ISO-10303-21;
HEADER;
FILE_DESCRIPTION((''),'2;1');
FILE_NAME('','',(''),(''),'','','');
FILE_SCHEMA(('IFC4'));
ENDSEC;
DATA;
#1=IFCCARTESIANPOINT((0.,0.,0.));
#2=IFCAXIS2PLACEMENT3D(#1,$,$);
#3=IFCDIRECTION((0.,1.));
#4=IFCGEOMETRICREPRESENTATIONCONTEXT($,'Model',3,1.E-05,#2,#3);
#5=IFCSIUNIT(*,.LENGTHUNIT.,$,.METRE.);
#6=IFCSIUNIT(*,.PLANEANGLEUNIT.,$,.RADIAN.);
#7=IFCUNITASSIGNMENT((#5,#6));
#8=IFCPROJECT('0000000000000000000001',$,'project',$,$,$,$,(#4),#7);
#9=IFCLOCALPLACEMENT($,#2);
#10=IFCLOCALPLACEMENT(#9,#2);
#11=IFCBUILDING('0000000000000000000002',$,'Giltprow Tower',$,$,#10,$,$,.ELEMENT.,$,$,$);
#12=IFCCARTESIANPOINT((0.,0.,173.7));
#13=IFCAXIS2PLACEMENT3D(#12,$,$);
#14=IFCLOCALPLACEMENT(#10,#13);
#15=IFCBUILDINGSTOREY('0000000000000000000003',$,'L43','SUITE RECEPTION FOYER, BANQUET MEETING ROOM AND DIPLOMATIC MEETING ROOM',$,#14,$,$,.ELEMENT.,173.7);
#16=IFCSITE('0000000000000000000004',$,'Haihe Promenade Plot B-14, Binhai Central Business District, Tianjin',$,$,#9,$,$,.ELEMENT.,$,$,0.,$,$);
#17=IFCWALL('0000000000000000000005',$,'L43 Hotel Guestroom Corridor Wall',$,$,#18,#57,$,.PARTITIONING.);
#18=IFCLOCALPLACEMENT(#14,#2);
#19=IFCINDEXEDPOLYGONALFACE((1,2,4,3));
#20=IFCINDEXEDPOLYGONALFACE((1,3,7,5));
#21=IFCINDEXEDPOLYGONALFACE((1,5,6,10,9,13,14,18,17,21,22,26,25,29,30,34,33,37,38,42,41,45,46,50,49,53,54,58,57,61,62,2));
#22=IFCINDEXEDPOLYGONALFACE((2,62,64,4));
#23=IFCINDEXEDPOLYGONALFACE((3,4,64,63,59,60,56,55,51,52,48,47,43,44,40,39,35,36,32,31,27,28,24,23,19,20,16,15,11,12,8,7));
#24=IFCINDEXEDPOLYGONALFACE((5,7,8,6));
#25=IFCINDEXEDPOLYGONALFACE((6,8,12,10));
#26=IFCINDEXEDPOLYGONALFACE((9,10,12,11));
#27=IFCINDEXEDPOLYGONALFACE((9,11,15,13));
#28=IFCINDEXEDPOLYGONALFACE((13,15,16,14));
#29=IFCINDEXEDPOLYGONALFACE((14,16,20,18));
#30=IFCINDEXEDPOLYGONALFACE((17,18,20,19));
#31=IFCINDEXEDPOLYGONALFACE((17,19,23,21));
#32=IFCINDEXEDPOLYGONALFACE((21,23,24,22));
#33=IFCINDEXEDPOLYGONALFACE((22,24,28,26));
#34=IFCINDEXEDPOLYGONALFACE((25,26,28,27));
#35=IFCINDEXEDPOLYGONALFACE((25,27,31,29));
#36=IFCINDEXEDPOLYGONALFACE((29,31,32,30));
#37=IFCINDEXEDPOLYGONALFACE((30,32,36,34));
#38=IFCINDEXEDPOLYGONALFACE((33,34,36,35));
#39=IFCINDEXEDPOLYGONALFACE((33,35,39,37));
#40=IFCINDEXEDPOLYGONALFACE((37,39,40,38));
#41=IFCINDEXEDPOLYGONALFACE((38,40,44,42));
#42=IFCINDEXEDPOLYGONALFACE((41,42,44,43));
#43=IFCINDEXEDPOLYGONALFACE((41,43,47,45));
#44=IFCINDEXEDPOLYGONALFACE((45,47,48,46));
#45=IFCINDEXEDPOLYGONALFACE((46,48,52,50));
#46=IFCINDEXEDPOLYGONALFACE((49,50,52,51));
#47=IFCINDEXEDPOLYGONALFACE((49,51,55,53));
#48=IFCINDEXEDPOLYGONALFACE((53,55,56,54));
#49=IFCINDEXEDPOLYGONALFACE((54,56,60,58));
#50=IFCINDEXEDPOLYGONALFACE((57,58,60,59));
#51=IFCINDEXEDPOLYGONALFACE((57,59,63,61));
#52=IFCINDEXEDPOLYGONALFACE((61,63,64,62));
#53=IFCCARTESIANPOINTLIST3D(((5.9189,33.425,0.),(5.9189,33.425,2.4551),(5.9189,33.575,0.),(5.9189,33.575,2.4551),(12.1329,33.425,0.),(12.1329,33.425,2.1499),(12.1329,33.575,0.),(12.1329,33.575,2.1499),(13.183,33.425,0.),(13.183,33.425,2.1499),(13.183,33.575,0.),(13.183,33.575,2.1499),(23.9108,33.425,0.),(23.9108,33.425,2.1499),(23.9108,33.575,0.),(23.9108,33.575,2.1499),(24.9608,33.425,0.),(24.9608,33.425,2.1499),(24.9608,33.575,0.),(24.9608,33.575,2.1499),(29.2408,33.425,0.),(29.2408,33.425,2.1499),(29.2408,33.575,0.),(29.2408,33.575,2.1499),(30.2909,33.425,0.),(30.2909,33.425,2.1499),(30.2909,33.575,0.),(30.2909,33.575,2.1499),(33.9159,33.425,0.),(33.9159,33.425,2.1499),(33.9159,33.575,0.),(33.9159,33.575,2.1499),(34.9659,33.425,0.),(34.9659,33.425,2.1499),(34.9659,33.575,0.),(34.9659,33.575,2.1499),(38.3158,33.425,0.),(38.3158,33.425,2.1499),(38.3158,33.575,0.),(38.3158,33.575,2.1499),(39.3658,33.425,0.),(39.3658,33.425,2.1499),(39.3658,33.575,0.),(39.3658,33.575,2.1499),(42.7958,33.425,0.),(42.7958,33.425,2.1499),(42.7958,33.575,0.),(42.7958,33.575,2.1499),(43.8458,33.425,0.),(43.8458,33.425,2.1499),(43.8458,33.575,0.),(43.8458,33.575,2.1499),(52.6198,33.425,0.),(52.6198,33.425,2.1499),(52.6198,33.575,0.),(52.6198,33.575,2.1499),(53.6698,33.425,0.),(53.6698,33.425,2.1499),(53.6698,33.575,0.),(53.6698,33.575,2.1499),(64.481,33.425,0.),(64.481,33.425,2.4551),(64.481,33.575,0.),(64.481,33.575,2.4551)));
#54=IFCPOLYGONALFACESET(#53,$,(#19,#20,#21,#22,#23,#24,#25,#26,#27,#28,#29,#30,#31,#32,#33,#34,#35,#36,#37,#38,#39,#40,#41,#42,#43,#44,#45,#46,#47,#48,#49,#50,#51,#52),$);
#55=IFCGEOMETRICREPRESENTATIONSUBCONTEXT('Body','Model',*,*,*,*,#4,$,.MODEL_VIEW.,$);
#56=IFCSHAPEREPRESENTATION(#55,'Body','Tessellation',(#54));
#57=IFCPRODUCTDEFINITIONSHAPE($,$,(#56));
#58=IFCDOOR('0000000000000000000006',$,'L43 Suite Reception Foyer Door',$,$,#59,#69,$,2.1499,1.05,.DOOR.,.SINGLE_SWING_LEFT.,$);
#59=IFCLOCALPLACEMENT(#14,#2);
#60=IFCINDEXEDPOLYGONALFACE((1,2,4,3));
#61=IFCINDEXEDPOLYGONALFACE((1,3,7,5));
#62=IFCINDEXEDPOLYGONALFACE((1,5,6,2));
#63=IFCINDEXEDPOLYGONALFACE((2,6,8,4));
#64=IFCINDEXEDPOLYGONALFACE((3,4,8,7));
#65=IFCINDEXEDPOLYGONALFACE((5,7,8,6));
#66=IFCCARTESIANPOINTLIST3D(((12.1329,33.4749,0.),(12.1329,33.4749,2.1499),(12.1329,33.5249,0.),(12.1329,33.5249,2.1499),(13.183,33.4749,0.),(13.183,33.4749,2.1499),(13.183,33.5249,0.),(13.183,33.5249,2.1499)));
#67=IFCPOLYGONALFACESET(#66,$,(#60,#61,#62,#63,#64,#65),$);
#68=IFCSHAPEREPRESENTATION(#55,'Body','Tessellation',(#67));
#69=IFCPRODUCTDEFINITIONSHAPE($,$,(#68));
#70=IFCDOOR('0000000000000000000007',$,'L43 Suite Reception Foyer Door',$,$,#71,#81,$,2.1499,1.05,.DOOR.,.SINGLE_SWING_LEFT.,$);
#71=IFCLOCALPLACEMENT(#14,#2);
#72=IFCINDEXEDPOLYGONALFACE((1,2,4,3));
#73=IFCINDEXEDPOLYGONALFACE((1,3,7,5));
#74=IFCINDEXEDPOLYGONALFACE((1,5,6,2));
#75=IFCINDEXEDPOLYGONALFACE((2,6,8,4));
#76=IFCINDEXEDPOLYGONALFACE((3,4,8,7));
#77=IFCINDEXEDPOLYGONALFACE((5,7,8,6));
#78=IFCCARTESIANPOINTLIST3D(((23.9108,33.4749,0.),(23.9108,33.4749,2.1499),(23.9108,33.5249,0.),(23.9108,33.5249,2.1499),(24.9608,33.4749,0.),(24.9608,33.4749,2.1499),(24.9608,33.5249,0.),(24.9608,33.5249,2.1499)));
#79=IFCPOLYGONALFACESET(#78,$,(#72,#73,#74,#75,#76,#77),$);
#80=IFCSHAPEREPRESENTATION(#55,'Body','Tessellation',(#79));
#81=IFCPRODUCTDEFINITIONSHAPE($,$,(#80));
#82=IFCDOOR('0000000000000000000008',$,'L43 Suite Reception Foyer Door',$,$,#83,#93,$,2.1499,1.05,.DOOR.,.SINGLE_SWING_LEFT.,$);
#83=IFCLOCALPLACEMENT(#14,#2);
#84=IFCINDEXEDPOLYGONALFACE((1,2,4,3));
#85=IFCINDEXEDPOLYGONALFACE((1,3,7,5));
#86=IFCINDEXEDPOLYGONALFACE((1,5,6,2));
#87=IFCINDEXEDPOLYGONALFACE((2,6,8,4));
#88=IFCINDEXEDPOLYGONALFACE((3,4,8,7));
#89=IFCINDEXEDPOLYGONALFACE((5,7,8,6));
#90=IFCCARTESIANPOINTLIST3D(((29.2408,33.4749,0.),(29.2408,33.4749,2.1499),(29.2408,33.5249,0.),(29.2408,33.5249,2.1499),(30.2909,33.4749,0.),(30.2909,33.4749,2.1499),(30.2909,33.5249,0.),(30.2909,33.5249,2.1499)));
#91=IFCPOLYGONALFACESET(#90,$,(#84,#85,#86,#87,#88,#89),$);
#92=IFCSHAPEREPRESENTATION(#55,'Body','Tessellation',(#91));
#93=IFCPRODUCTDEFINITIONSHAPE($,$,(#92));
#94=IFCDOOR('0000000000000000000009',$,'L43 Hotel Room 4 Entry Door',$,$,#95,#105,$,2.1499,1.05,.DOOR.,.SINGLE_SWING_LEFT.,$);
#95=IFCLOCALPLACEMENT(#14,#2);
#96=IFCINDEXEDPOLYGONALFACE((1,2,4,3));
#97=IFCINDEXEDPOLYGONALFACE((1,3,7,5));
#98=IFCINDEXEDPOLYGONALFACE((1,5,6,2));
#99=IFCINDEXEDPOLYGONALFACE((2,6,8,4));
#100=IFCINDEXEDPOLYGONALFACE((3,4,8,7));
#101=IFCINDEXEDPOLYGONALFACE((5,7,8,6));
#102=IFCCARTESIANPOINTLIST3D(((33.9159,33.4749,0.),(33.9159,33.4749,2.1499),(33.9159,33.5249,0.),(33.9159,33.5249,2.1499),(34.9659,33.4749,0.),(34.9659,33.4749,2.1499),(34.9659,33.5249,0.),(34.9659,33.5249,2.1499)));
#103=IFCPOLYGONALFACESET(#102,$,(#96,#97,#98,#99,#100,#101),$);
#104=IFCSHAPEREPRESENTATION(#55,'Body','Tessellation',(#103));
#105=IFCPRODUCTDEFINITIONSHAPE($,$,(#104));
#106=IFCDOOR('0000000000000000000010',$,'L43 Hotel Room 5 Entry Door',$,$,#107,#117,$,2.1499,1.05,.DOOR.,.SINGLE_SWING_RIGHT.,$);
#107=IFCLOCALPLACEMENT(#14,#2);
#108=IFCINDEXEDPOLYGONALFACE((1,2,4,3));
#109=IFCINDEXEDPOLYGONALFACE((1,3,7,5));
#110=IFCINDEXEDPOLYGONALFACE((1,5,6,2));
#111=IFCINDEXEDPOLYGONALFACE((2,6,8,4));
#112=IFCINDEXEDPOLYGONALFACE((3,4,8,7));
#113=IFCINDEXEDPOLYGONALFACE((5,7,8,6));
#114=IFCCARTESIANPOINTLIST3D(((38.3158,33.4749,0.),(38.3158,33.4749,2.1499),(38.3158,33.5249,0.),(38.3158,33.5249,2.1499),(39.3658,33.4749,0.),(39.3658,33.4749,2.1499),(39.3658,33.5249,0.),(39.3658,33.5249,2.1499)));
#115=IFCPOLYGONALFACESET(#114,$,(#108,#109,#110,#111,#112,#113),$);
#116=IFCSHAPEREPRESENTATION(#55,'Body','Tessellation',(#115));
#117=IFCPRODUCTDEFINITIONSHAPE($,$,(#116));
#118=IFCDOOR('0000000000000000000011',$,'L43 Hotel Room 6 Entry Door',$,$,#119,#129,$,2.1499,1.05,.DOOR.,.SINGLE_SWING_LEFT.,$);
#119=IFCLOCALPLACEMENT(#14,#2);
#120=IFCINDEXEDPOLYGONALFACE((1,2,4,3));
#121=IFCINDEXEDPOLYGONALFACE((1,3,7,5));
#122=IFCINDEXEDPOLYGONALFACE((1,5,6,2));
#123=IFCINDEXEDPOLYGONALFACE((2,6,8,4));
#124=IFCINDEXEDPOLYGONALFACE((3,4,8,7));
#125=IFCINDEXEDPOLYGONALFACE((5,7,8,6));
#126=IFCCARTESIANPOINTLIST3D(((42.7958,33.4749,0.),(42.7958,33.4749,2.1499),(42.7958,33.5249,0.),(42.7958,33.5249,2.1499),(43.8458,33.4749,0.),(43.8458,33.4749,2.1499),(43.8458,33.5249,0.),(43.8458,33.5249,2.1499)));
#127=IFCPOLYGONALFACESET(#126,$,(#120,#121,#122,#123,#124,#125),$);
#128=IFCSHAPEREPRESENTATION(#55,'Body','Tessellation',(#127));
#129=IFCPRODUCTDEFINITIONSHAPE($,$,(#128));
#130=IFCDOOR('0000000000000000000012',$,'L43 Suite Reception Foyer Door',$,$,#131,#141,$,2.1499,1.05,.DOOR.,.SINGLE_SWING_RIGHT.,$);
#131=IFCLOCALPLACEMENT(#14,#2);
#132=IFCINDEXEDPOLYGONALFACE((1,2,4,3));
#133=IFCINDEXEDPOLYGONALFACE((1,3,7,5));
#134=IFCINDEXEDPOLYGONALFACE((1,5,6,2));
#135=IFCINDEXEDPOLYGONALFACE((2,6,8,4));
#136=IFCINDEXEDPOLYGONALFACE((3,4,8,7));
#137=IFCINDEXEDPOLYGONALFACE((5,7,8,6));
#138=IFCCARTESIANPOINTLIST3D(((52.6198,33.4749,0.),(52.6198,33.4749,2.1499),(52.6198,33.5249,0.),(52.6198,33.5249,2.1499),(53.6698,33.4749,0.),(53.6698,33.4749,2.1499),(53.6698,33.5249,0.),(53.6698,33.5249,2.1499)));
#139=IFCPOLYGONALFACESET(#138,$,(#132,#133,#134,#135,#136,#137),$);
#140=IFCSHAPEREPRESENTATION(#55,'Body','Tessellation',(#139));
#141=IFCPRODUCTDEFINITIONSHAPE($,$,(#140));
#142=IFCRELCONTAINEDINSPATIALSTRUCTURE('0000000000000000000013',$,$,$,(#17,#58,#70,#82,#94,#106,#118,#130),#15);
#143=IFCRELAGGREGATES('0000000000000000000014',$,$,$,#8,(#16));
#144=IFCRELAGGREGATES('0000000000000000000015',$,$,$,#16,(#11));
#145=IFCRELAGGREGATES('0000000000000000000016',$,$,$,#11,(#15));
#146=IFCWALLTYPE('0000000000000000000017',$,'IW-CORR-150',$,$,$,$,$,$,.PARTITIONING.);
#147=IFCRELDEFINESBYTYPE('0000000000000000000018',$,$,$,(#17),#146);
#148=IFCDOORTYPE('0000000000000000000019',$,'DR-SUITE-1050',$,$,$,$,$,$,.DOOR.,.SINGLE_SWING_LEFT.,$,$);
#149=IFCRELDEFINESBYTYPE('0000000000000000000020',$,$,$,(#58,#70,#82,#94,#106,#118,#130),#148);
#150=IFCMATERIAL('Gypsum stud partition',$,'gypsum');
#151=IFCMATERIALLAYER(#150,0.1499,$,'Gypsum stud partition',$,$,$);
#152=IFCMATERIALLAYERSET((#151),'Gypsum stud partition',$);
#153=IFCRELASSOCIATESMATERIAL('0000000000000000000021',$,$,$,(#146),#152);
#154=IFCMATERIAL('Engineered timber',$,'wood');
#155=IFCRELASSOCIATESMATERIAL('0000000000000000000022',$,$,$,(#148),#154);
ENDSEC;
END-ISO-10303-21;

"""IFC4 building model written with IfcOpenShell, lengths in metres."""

from ifc_helpers import new_model, si_unit, direction, frame, frame_2d, origin, place, context, subcontext, project, spatial, rectangle, extrude, source, transform, mapped, material, layer, layer_set, type_object, element, fill, save


model = new_model("IFC4")

# Units and contexts
model_context = context("Model", 3, precision=1e-05, world=origin(), true_north=direction((0.0, 1.0)))
body_context = subcontext(model_context, "Body", "Model", "MODEL_VIEW")
ifc_project = project(units=[si_unit("LENGTHUNIT", "METRE"), si_unit("PLANEANGLEUNIT", "RADIAN")], contexts=[model_context])

# Site, building, storey
site_placement = place(None, origin())
site = spatial("IfcSite", under=ifc_project, at=site_placement, Name="Haihe Promenade Plot B-14, Binhai Central Business District, Tianjin", CompositionType="ELEMENT", RefElevation=0.0)
building_placement = place(site_placement, origin())
building = spatial("IfcBuilding", under=site, at=building_placement, Name="Giltprow Tower", CompositionType="ELEMENT")
storey_placement = place(building_placement, frame((0.0, 0.0, 173.7)))
storey = spatial("IfcBuildingStorey", under=building, at=storey_placement, Name="L43", Description="SUITE RECEPTION FOYER, BANQUET MEETING ROOM AND DIPLOMATIC MEETING ROOM", CompositionType="ELEMENT", Elevation=173.7)

# Wall, openings, doors
ifc_material_1 = material(Name="Gypsum stud partition", Category="gypsum")
ifc_layer_1 = layer(ifc_material_1, 0.1499, Name="Gypsum stud partition")
ifc_layer_set_1 = layer_set([ifc_layer_1], Name="Gypsum stud partition")
wall_type_1 = type_object("IfcWallType", Name="IW-CORR-150", PredefinedType="PARTITIONING", material=ifc_layer_set_1)
wall_1_placement = place(storey_placement, frame((5.9189, 33.5, 0.0), z_axis=(0.0, 0.0, 1.0), x_axis=(1.0, 0.0, 0.0)))
wall_1 = element("IfcWall", 1, at=wall_1_placement, inside=storey, type_object=wall_type_1, Name="L43 Hotel Guestroom Corridor Wall", PredefinedType="PARTITIONING", context=body_context, shape_type="SweptSolid", body=[
    extrude(rectangle(XDim=58.562, YDim=0.1499, at=frame_2d((29.281, 0.0))), origin(), (0.0, 0.0, 1.0), 2.4551),
])
opening_1_placement = place(wall_1_placement, frame((6.2141, 0.0, 0.0)))
opening_1 = element("IfcOpeningElement", 2, at=opening_1_placement, cuts=wall_1, PredefinedType="OPENING", context=body_context, shape_type="SweptSolid", body=[
    extrude(rectangle(XDim=1.05, YDim=2.1499, at=frame_2d((0.5249, 1.075))), frame((0.0, 0.085, 0.0), z_axis=(0.0, -1.0, 0.0), x_axis=(1.0, 0.0, 0.0)), (0.0, 0.0, 1.0), 0.1699),
])
opening_2_placement = place(wall_1_placement, frame((17.9919, 0.0, 0.0)))
opening_2 = element("IfcOpeningElement", 3, at=opening_2_placement, cuts=wall_1, PredefinedType="OPENING", context=body_context, shape_type="SweptSolid", body=[
    extrude(rectangle(XDim=1.05, YDim=2.1499, at=frame_2d((0.5249, 1.075))), frame((0.0, 0.085, 0.0), z_axis=(0.0, -1.0, 0.0), x_axis=(1.0, 0.0, 0.0)), (0.0, 0.0, 1.0), 0.1699),
])
opening_3_placement = place(wall_1_placement, frame((23.322, 0.0, 0.0)))
opening_3 = element("IfcOpeningElement", 4, at=opening_3_placement, cuts=wall_1, PredefinedType="OPENING", context=body_context, shape_type="SweptSolid", body=[
    extrude(rectangle(XDim=1.05, YDim=2.1499, at=frame_2d((0.5249, 1.075))), frame((0.0, 0.085, 0.0), z_axis=(0.0, -1.0, 0.0), x_axis=(1.0, 0.0, 0.0)), (0.0, 0.0, 1.0), 0.1699),
])
opening_4_placement = place(wall_1_placement, frame((27.9971, 0.0, 0.0)))
opening_4 = element("IfcOpeningElement", 5, at=opening_4_placement, cuts=wall_1, PredefinedType="OPENING", context=body_context, shape_type="SweptSolid", body=[
    extrude(rectangle(XDim=1.05, YDim=2.1499, at=frame_2d((0.5249, 1.075))), frame((0.0, 0.085, 0.0), z_axis=(0.0, -1.0, 0.0), x_axis=(1.0, 0.0, 0.0)), (0.0, 0.0, 1.0), 0.1699),
])
opening_5_placement = place(wall_1_placement, frame((32.397, 0.0, 0.0)))
opening_5 = element("IfcOpeningElement", 6, at=opening_5_placement, cuts=wall_1, PredefinedType="OPENING", context=body_context, shape_type="SweptSolid", body=[
    extrude(rectangle(XDim=1.05, YDim=2.1499, at=frame_2d((0.5249, 1.075))), frame((0.0, 0.085, 0.0), z_axis=(0.0, -1.0, 0.0), x_axis=(1.0, 0.0, 0.0)), (0.0, 0.0, 1.0), 0.1699),
])
opening_6_placement = place(wall_1_placement, frame((36.877, 0.0, 0.0)))
opening_6 = element("IfcOpeningElement", 7, at=opening_6_placement, cuts=wall_1, PredefinedType="OPENING", context=body_context, shape_type="SweptSolid", body=[
    extrude(rectangle(XDim=1.05, YDim=2.1499, at=frame_2d((0.5249, 1.075))), frame((0.0, 0.085, 0.0), z_axis=(0.0, -1.0, 0.0), x_axis=(1.0, 0.0, 0.0)), (0.0, 0.0, 1.0), 0.1699),
])
opening_7_placement = place(wall_1_placement, frame((46.7009, 0.0, 0.0)))
opening_7 = element("IfcOpeningElement", 8, at=opening_7_placement, cuts=wall_1, PredefinedType="OPENING", context=body_context, shape_type="SweptSolid", body=[
    extrude(rectangle(XDim=1.05, YDim=2.1499, at=frame_2d((0.5249, 1.075))), frame((0.0, 0.085, 0.0), z_axis=(0.0, -1.0, 0.0), x_axis=(1.0, 0.0, 0.0)), (0.0, 0.0, 1.0), 0.1699),
])
ifc_material_2 = material(Name="Engineered timber", Category="wood")
door_type_1 = type_object("IfcDoorType", Name="DR-SUITE-1050", OperationType="SINGLE_SWING_LEFT", PredefinedType="DOOR", material=ifc_material_2)
shared_shape_1 = source(origin(), body_context, "Body", "SweptSolid", [
    extrude(rectangle(XDim=1.05, YDim=2.1499, at=frame_2d((0.5249, 1.075))), frame((0.0, 0.0249, 0.0), z_axis=(0.0, -1.0, 0.0), x_axis=(1.0, 0.0, 0.0)), (0.0, 0.0, 1.0), 0.05),
])
door_1_placement = place(opening_1_placement, origin())
door_1 = element("IfcDoor", 9, at=door_1_placement, inside=storey, type_object=door_type_1, Name="L43 Suite Reception Foyer Door", OperationType="SINGLE_SWING_LEFT", OverallHeight=2.1499, OverallWidth=1.05, PredefinedType="DOOR", context=body_context, shape_type="MappedRepresentation", body=[
    mapped(shared_shape_1, transform((0.0, 0.0, 0.0), x_axis=(1.0, 0.0, 0.0), y_axis=(0.0, 1.0, 0.0), z_axis=(0.0, 0.0, 1.0), scale=1.0)),
])
fill(opening_1, door_1)
door_2_placement = place(opening_2_placement, origin())
door_2 = element("IfcDoor", 10, at=door_2_placement, inside=storey, type_object=door_type_1, Name="L43 Suite Reception Foyer Door", OperationType="SINGLE_SWING_LEFT", OverallHeight=2.1499, OverallWidth=1.05, PredefinedType="DOOR", context=body_context, shape_type="MappedRepresentation", body=[
    mapped(shared_shape_1, transform((0.0, 0.0, 0.0), x_axis=(1.0, 0.0, 0.0), y_axis=(0.0, 1.0, 0.0), z_axis=(0.0, 0.0, 1.0), scale=1.0)),
])
fill(opening_2, door_2)
door_3_placement = place(opening_3_placement, origin())
door_3 = element("IfcDoor", 11, at=door_3_placement, inside=storey, type_object=door_type_1, Name="L43 Suite Reception Foyer Door", OperationType="SINGLE_SWING_LEFT", OverallHeight=2.1499, OverallWidth=1.05, PredefinedType="DOOR", context=body_context, shape_type="MappedRepresentation", body=[
    mapped(shared_shape_1, transform((0.0, 0.0, 0.0), x_axis=(1.0, 0.0, 0.0), y_axis=(0.0, 1.0, 0.0), z_axis=(0.0, 0.0, 1.0), scale=1.0)),
])
fill(opening_3, door_3)
door_4_placement = place(opening_4_placement, origin())
door_4 = element("IfcDoor", 12, at=door_4_placement, inside=storey, type_object=door_type_1, Name="L43 Hotel Room 4 Entry Door", OperationType="SINGLE_SWING_LEFT", OverallHeight=2.1499, OverallWidth=1.05, PredefinedType="DOOR", context=body_context, shape_type="MappedRepresentation", body=[
    mapped(shared_shape_1, transform((0.0, 0.0, 0.0), x_axis=(1.0, 0.0, 0.0), y_axis=(0.0, 1.0, 0.0), z_axis=(0.0, 0.0, 1.0), scale=1.0)),
])
fill(opening_4, door_4)
door_5_placement = place(opening_5_placement, origin())
door_5 = element("IfcDoor", 13, at=door_5_placement, inside=storey, type_object=door_type_1, Name="L43 Hotel Room 5 Entry Door", OperationType="SINGLE_SWING_RIGHT", OverallHeight=2.1499, OverallWidth=1.05, PredefinedType="DOOR", context=body_context, shape_type="MappedRepresentation", body=[
    mapped(shared_shape_1, transform((0.0, 0.0, 0.0), x_axis=(1.0, 0.0, 0.0), y_axis=(0.0, 1.0, 0.0), z_axis=(0.0, 0.0, 1.0), scale=1.0)),
])
fill(opening_5, door_5)
door_6_placement = place(opening_6_placement, origin())
door_6 = element("IfcDoor", 14, at=door_6_placement, inside=storey, type_object=door_type_1, Name="L43 Hotel Room 6 Entry Door", OperationType="SINGLE_SWING_LEFT", OverallHeight=2.1499, OverallWidth=1.05, PredefinedType="DOOR", context=body_context, shape_type="MappedRepresentation", body=[
    mapped(shared_shape_1, transform((0.0, 0.0, 0.0), x_axis=(1.0, 0.0, 0.0), y_axis=(0.0, 1.0, 0.0), z_axis=(0.0, 0.0, 1.0), scale=1.0)),
])
fill(opening_6, door_6)
door_7_placement = place(opening_7_placement, origin())
door_7 = element("IfcDoor", 15, at=door_7_placement, inside=storey, type_object=door_type_1, Name="L43 Suite Reception Foyer Door", OperationType="SINGLE_SWING_RIGHT", OverallHeight=2.1499, OverallWidth=1.05, PredefinedType="DOOR", context=body_context, shape_type="MappedRepresentation", body=[
    mapped(shared_shape_1, transform((0.0, 0.0, 0.0), x_axis=(1.0, 0.0, 0.0), y_axis=(0.0, 1.0, 0.0), z_axis=(0.0, 0.0, 1.0), scale=1.0)),
])
fill(opening_7, door_7)

save(model, "model.ifc")
